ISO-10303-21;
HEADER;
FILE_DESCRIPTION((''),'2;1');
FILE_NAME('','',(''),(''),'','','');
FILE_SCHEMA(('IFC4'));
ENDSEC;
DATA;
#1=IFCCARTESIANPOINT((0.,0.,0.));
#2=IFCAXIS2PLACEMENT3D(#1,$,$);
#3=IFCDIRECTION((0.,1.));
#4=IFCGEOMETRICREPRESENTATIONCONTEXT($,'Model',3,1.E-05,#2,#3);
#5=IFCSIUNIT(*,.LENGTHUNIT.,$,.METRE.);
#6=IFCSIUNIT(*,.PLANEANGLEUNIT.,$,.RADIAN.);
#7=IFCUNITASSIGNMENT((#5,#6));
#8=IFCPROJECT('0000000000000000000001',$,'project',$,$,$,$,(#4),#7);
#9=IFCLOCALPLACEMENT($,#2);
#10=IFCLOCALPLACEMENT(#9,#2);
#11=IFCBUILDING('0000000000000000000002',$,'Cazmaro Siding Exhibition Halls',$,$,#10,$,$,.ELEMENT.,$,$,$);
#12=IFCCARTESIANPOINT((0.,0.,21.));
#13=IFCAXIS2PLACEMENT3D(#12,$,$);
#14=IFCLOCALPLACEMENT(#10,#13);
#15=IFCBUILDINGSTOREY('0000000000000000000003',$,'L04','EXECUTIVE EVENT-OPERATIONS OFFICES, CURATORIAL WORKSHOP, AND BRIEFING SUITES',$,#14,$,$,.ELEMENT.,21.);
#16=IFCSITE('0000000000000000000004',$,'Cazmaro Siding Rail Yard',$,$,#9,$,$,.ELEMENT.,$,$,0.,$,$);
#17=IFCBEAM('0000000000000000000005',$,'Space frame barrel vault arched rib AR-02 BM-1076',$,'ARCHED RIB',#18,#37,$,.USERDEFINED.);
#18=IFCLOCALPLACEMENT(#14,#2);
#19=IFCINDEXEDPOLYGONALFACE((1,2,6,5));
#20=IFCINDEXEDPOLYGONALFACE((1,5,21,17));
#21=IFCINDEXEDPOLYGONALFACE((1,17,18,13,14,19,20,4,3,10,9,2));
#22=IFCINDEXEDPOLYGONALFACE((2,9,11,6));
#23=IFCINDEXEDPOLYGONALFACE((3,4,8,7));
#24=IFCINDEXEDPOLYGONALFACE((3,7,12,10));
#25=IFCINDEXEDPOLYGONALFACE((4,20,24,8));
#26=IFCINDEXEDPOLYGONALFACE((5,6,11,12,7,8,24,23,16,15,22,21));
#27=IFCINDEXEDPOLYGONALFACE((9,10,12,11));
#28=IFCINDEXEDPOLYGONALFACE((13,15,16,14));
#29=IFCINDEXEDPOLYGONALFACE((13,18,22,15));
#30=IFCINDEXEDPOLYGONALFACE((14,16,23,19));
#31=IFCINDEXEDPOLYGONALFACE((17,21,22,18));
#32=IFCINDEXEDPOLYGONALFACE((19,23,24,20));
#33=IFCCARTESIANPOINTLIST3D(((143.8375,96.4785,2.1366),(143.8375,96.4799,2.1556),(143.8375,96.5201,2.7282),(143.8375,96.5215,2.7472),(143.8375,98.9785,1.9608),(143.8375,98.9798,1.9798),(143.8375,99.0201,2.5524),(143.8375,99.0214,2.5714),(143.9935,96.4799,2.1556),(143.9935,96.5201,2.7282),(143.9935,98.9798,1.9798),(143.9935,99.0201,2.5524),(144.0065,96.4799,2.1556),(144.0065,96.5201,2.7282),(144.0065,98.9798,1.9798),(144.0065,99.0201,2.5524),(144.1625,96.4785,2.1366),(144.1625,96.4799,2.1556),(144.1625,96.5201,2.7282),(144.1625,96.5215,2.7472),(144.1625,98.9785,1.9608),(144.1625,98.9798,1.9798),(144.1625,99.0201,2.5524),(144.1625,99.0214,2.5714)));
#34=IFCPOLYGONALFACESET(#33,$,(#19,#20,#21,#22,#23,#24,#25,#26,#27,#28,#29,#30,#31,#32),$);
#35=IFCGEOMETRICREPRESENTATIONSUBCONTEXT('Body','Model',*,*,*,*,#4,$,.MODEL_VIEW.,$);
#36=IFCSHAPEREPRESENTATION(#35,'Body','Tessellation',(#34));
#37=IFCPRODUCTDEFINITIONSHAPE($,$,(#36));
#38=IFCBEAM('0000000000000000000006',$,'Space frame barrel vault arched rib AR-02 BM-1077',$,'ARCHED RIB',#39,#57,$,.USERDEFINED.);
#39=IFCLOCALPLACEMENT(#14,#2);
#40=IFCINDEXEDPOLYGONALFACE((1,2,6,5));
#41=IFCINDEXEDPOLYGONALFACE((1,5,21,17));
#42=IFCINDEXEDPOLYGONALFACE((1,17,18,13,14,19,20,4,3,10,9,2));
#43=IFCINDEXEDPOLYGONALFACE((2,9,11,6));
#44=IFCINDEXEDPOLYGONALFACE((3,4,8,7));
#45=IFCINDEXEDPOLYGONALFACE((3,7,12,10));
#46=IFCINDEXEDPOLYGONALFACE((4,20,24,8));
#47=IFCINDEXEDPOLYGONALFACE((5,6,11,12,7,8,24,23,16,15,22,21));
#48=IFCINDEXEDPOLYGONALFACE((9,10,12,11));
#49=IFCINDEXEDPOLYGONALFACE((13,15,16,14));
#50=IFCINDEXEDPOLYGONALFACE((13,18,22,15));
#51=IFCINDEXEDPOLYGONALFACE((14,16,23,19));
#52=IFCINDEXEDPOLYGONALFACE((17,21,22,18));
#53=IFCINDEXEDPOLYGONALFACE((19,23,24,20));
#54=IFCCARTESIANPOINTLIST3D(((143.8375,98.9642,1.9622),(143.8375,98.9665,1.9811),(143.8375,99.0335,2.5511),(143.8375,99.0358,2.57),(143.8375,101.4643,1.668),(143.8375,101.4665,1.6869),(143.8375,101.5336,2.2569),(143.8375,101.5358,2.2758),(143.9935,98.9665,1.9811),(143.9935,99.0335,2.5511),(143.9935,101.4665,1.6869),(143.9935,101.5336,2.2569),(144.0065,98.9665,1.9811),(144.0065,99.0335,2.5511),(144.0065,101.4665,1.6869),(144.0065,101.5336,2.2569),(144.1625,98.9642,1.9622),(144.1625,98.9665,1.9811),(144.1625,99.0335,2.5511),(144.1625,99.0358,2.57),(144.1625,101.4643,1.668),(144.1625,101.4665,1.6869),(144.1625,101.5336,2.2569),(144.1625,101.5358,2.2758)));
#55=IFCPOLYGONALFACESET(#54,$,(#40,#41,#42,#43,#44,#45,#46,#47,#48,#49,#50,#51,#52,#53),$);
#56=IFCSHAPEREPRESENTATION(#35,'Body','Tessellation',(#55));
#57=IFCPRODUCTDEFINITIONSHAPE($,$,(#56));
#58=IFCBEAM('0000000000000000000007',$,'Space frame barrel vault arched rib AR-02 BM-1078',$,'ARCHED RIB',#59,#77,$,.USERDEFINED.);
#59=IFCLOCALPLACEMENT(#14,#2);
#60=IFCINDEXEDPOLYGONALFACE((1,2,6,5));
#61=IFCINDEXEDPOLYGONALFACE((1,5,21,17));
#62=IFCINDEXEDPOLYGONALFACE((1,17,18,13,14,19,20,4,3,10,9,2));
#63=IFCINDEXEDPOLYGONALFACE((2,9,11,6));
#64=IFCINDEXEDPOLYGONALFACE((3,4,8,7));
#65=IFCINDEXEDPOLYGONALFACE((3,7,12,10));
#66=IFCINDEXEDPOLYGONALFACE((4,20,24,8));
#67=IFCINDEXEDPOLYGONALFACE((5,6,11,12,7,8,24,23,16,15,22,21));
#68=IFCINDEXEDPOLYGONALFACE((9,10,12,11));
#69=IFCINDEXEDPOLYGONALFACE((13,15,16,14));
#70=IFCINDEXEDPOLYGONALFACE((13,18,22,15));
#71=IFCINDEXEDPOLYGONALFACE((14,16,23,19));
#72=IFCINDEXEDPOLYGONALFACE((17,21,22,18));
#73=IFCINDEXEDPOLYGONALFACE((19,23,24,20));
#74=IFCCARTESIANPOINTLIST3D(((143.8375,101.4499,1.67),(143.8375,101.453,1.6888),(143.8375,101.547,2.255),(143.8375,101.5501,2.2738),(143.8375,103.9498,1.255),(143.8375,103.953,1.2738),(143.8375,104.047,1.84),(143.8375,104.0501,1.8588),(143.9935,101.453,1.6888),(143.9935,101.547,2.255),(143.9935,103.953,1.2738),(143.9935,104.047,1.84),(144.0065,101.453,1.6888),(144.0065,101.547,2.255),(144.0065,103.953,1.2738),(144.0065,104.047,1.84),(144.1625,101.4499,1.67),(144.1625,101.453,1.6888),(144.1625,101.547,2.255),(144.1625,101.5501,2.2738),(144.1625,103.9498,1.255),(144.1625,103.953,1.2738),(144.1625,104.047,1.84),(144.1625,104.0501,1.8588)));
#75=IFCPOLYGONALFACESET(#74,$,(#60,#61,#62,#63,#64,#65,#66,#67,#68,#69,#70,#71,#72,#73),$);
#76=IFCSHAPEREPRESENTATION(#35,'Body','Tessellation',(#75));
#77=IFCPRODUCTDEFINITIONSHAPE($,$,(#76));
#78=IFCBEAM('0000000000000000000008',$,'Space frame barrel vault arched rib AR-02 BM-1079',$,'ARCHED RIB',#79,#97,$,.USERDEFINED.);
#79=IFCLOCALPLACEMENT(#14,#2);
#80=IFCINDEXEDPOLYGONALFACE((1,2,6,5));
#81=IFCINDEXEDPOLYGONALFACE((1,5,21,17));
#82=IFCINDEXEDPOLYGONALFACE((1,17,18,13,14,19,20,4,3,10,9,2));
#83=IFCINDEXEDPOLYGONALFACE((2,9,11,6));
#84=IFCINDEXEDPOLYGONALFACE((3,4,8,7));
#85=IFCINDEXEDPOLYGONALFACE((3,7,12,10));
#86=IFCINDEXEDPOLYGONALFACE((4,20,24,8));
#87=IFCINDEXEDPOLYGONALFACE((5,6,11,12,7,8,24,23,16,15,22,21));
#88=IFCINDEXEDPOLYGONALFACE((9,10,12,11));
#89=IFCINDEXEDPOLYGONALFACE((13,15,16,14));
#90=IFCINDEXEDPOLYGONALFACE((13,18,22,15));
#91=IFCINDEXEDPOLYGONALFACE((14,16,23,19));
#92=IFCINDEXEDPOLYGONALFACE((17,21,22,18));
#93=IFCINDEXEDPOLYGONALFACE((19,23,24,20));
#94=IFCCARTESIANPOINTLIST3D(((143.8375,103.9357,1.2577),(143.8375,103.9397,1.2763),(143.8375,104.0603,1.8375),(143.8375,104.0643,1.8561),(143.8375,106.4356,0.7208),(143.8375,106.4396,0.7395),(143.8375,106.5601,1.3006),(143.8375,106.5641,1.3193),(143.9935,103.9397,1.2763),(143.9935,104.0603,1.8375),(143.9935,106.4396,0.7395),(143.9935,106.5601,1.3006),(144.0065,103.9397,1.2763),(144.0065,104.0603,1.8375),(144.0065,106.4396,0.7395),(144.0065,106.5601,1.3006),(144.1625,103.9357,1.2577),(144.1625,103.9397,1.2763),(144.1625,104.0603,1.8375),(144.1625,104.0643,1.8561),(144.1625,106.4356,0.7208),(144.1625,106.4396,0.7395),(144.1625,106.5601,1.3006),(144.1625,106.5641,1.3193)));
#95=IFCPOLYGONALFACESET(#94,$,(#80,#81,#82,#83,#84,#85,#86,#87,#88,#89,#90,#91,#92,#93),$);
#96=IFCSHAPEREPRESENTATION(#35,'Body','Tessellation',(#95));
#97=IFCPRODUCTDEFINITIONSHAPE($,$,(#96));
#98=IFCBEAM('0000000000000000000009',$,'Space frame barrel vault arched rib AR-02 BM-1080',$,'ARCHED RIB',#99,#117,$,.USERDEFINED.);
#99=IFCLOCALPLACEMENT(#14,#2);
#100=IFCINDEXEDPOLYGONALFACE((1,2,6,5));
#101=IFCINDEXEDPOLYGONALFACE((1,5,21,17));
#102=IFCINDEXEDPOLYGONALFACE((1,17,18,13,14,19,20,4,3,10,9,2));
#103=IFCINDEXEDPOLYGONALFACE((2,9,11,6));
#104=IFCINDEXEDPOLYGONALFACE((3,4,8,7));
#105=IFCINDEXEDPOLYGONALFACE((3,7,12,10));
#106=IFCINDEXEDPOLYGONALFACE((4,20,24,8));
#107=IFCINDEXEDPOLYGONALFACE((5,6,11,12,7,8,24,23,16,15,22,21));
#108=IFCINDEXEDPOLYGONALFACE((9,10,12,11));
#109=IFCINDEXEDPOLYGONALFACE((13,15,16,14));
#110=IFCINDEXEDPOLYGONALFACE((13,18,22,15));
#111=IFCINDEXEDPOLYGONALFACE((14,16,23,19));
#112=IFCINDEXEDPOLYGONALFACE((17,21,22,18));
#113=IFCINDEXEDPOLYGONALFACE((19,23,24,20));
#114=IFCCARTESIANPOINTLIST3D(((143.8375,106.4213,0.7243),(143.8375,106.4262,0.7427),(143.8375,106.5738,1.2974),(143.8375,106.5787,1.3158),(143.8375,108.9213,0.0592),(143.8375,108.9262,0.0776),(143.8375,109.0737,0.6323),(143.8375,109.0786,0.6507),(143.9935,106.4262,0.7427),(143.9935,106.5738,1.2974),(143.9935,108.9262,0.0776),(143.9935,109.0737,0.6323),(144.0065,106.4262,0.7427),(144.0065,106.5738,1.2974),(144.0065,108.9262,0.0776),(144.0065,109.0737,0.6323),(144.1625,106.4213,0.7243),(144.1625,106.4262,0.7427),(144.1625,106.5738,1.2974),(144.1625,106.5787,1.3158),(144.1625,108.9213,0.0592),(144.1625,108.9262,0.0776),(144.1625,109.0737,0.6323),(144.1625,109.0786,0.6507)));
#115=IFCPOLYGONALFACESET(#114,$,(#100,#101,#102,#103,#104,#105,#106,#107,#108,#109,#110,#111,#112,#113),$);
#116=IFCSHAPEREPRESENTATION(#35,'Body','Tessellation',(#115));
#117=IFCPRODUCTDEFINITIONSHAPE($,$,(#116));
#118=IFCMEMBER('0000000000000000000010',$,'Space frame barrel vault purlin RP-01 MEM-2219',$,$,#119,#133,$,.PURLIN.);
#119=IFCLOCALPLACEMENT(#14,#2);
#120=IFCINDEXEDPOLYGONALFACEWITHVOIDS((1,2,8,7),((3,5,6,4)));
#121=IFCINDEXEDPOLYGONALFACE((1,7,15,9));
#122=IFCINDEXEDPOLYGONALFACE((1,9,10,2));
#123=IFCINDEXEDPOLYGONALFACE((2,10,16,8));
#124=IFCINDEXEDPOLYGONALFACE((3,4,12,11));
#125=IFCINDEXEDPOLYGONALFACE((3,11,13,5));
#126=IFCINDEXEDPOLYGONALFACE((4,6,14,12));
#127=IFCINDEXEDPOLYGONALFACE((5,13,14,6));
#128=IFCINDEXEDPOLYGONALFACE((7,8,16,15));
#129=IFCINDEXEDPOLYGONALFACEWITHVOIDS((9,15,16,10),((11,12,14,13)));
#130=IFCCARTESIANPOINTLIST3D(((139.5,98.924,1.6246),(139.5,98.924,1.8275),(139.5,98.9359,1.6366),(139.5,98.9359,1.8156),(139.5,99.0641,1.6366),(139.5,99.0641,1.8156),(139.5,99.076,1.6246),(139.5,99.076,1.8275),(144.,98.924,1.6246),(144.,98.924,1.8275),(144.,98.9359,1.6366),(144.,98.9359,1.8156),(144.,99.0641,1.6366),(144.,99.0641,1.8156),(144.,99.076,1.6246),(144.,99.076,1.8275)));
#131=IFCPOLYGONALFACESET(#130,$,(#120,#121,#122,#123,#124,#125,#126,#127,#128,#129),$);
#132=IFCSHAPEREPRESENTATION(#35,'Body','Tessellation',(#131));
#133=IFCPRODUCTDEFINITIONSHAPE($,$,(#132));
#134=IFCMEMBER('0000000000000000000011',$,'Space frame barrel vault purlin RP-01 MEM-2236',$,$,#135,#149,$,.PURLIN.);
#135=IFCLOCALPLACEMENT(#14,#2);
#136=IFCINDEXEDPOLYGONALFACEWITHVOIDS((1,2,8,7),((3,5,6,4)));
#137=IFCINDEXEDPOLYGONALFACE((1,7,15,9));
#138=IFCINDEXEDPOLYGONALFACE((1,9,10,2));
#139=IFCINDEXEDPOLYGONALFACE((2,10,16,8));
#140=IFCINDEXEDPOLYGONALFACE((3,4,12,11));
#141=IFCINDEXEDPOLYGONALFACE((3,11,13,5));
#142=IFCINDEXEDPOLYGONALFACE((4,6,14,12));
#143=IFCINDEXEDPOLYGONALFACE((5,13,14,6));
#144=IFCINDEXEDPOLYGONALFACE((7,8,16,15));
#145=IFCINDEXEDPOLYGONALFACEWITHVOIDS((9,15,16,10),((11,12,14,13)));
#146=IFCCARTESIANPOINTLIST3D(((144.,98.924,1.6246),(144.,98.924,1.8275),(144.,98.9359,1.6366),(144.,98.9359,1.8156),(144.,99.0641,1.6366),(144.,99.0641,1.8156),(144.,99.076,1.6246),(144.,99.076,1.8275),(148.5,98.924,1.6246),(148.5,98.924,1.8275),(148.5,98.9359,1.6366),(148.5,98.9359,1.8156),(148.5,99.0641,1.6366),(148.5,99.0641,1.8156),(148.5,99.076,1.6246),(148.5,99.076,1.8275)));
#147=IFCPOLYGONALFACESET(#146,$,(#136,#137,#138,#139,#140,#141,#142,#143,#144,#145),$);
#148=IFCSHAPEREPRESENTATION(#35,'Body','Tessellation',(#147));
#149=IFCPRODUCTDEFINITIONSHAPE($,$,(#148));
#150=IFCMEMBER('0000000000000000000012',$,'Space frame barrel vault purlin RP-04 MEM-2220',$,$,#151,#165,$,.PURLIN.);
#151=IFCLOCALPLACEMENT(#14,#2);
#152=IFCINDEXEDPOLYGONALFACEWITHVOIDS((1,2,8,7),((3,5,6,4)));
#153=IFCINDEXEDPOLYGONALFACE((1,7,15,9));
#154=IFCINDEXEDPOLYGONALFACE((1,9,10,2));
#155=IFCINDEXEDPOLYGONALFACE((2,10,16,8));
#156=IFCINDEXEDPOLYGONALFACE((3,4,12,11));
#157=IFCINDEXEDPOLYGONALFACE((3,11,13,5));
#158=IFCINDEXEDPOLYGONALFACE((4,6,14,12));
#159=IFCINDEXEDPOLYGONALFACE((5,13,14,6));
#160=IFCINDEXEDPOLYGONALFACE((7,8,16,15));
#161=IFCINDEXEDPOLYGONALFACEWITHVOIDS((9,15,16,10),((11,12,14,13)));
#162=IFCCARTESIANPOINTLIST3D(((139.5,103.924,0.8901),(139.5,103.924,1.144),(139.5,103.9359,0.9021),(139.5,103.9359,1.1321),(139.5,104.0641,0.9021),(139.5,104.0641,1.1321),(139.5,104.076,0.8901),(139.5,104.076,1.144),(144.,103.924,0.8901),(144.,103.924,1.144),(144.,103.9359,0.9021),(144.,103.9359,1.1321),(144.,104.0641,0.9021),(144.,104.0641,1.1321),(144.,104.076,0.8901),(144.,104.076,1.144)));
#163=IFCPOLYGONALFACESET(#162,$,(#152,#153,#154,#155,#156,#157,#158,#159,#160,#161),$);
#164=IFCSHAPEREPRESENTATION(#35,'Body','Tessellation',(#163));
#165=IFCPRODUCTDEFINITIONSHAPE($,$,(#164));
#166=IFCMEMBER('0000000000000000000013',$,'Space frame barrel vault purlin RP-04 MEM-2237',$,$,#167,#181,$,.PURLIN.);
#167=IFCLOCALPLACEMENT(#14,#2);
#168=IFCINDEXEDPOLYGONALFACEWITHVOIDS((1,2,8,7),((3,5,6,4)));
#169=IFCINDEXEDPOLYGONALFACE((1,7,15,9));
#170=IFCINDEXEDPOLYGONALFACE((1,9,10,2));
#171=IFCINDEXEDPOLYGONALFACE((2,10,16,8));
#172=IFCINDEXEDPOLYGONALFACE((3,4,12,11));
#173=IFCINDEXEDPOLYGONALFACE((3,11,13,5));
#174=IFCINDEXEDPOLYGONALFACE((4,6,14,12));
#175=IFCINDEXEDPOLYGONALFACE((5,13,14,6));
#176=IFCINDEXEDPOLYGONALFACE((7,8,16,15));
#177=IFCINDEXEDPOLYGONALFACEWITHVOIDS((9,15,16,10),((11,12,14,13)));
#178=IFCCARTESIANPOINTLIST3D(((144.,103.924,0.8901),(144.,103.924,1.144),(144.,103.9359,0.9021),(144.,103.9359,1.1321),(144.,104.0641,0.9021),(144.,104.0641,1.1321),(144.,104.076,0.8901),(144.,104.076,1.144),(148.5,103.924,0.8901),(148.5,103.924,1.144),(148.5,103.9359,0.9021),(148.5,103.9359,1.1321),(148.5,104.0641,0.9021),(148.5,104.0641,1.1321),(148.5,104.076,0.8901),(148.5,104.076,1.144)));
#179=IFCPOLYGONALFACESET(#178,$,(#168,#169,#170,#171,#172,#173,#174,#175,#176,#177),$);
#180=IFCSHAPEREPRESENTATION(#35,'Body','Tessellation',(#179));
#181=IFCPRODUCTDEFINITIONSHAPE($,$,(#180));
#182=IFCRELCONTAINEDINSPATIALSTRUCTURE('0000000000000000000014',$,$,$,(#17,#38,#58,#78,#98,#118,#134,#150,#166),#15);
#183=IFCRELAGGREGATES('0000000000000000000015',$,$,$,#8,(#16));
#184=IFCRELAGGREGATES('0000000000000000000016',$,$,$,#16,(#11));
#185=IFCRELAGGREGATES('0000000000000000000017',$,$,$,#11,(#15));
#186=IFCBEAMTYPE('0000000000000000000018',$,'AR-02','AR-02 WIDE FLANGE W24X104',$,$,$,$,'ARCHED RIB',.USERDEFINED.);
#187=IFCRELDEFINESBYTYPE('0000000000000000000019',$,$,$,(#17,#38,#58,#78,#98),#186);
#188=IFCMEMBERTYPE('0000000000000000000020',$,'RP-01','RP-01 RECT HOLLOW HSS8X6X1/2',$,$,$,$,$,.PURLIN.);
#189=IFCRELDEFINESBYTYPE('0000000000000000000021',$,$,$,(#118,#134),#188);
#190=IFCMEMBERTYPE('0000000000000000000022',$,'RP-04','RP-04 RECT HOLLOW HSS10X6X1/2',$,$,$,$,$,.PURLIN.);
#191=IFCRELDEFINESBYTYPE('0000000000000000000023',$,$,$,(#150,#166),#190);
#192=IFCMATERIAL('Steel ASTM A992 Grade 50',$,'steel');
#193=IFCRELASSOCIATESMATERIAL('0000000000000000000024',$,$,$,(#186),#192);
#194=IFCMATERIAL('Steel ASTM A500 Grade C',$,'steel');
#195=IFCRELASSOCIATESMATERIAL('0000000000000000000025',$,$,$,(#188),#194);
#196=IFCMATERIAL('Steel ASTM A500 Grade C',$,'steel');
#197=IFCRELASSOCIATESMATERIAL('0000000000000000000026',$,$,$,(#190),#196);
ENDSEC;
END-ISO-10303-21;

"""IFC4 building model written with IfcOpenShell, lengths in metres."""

from ifc_helpers import new_model, si_unit, direction, frame, origin, origin_2d, place, context, subcontext, project, spatial, hollow_rectangle, i_section, extrude, material, material_profile, profile_set, type_object, element, save


model = new_model("IFC4")

# Units and contexts
model_context = context("Model", 3, precision=1e-05, world=origin(), true_north=direction((0.0, 1.0)))
body_context = subcontext(model_context, "Body", "Model", "MODEL_VIEW")
ifc_project = project(units=[si_unit("LENGTHUNIT", "METRE"), si_unit("PLANEANGLEUNIT", "RADIAN")], contexts=[model_context])

# Site, building, storey
site_placement = place(None, origin())
site = spatial("IfcSite", under=ifc_project, at=site_placement, Name="Cazmaro Siding Rail Yard", CompositionType="ELEMENT", RefElevation=0.0)
building_placement = place(site_placement, origin())
building = spatial("IfcBuilding", under=site, at=building_placement, Name="Cazmaro Siding Exhibition Halls", CompositionType="ELEMENT")
storey_placement = place(building_placement, frame((0.0, 0.0, 21.0)))
storey = spatial("IfcBuildingStorey", under=building, at=storey_placement, Name="L04", Description="EXECUTIVE EVENT-OPERATIONS OFFICES, CURATORIAL WORKSHOP, AND BRIEFING SUITES", CompositionType="ELEMENT", Elevation=21.0)

# Beams
ifc_material_1 = material(Name="Steel ASTM A992 Grade 50", Category="steel")
ifc_material_profile_1 = material_profile(ifc_material_1, i_section(OverallWidth=0.325, OverallDepth=0.6121, WebThickness=0.0129, FlangeThickness=0.019, at=origin_2d()), Name="W24X104")
ifc_profile_set_1 = profile_set([ifc_material_profile_1], Name="Steel ASTM A992 Grade 50")
beam_type = type_object("IfcBeamType", Name="AR-02", Description="AR-02 WIDE FLANGE W24X104", ElementType="ARCHED RIB", PredefinedType="USERDEFINED", material=ifc_profile_set_1)
beam_1_placement = place(storey_placement, frame((144.0, 96.5, 2.4419), z_axis=(0.0, 0.997537, -0.070139), x_axis=(-1.0, 0.0, 0.0)))
element("IfcBeam", 1, at=beam_1_placement, inside=storey, type_object=beam_type, Name="Space frame barrel vault arched rib AR-02 BM-1076", ObjectType="ARCHED RIB", PredefinedType="USERDEFINED", context=body_context, shape_type="SweptSolid", body=[
    extrude(i_section(OverallWidth=0.325, OverallDepth=0.6121, WebThickness=0.0129, FlangeThickness=0.019, at=origin_2d()), origin(), (0.0, 0.0, 1.0), 2.5061),
])
beam_2_placement = place(storey_placement, frame((144.0, 99.0, 2.2661), z_axis=(0.0, 0.993147, -0.116869), x_axis=(-1.0, 0.0, 0.0)))
element("IfcBeam", 2, at=beam_2_placement, inside=storey, type_object=beam_type, Name="Space frame barrel vault arched rib AR-02 BM-1077", ObjectType="ARCHED RIB", PredefinedType="USERDEFINED", context=body_context, shape_type="SweptSolid", body=[
    extrude(i_section(OverallWidth=0.325, OverallDepth=0.6121, WebThickness=0.0129, FlangeThickness=0.019, at=origin_2d()), origin(), (0.0, 0.0, 1.0), 2.5173),
])
beam_3_placement = place(storey_placement, frame((144.0, 101.5, 1.9719), z_axis=(0.0, 0.986498, -0.163774), x_axis=(-1.0, 0.0, 0.0)))
element("IfcBeam", 3, at=beam_3_placement, inside=storey, type_object=beam_type, Name="Space frame barrel vault arched rib AR-02 BM-1078", ObjectType="ARCHED RIB", PredefinedType="USERDEFINED", context=body_context, shape_type="SweptSolid", body=[
    extrude(i_section(OverallWidth=0.325, OverallDepth=0.6121, WebThickness=0.0129, FlangeThickness=0.019, at=origin_2d()), origin(), (0.0, 0.0, 1.0), 2.5342),
])
beam_4_placement = place(storey_placement, frame((144.0, 104.0, 1.5569), z_axis=(0.0, 0.97771, -0.209959), x_axis=(-1.0, 0.0, 0.0)))
element("IfcBeam", 4, at=beam_4_placement, inside=storey, type_object=beam_type, Name="Space frame barrel vault arched rib AR-02 BM-1079", ObjectType="ARCHED RIB", PredefinedType="USERDEFINED", context=body_context, shape_type="SweptSolid", body=[
    extrude(i_section(OverallWidth=0.325, OverallDepth=0.6121, WebThickness=0.0129, FlangeThickness=0.019, at=origin_2d()), origin(), (0.0, 0.0, 1.0), 2.5569),
])
beam_5_placement = place(storey_placement, frame((144.0, 106.5, 1.02), z_axis=(0.0, 0.966391, -0.257075), x_axis=(-1.0, 0.0, 0.0)))
element("IfcBeam", 5, at=beam_5_placement, inside=storey, type_object=beam_type, Name="Space frame barrel vault arched rib AR-02 BM-1080", ObjectType="ARCHED RIB", PredefinedType="USERDEFINED", context=body_context, shape_type="SweptSolid", body=[
    extrude(i_section(OverallWidth=0.325, OverallDepth=0.6121, WebThickness=0.0129, FlangeThickness=0.019, at=origin_2d()), origin(), (0.0, 0.0, 1.0), 2.5869),
])

# Members
ifc_material_2 = material(Name="Steel ASTM A500 Grade C", Category="steel")
ifc_material_profile_2 = material_profile(ifc_material_2, hollow_rectangle(XDim=0.1521, YDim=0.2029, WallThickness=0.012, at=origin_2d()), Name="HSS8X6X1/2")
ifc_profile_set_2 = profile_set([ifc_material_profile_2], Name="Steel ASTM A500 Grade C")
member_type_1 = type_object("IfcMemberType", Name="RP-01", Description="RP-01 RECT HOLLOW HSS8X6X1/2", PredefinedType="PURLIN", material=ifc_profile_set_2)
for number, where, z_axis, x_axis, name in (
    (6, (139.5, 99.0, 1.7261), (1.0, 0.0, 0.0), (0.0, 1.0, 0.0), "Space frame barrel vault purlin RP-01 MEM-2219"),
    (7, (144.0, 99.0, 1.7261), (1.0, 0.0, 0.0), (0.0, 1.0, 0.0), "Space frame barrel vault purlin RP-01 MEM-2236"),
):
    element("IfcMember", number, at=place(storey_placement, frame(where, z_axis=z_axis, x_axis=x_axis)), inside=storey, type_object=member_type_1, Name=name, PredefinedType="PURLIN", context=body_context, shape_type="SweptSolid", body=[
        extrude(hollow_rectangle(XDim=0.1521, YDim=0.2029, WallThickness=0.012, at=origin_2d()), origin(), (0.0, 0.0, 1.0), 4.5),
    ])
ifc_material_3 = material(Name="Steel ASTM A500 Grade C", Category="steel")
ifc_material_profile_3 = material_profile(ifc_material_3, hollow_rectangle(XDim=0.1521, YDim=0.2539, WallThickness=0.012, at=origin_2d()), Name="HSS10X6X1/2")
ifc_profile_set_3 = profile_set([ifc_material_profile_3], Name="Steel ASTM A500 Grade C")
member_type_2 = type_object("IfcMemberType", Name="RP-04", Description="RP-04 RECT HOLLOW HSS10X6X1/2", PredefinedType="PURLIN", material=ifc_profile_set_3)
for number, where, z_axis, x_axis, name in (
    (8, (139.5, 104.0, 1.0171), (1.0, 0.0, 0.0), (0.0, 1.0, 0.0), "Space frame barrel vault purlin RP-04 MEM-2220"),
    (9, (144.0, 104.0, 1.0171), (1.0, 0.0, 0.0), (0.0, 1.0, 0.0), "Space frame barrel vault purlin RP-04 MEM-2237"),
):
    element("IfcMember", number, at=place(storey_placement, frame(where, z_axis=z_axis, x_axis=x_axis)), inside=storey, type_object=member_type_2, Name=name, PredefinedType="PURLIN", context=body_context, shape_type="SweptSolid", body=[
        extrude(hollow_rectangle(XDim=0.1521, YDim=0.2539, WallThickness=0.012, at=origin_2d()), origin(), (0.0, 0.0, 1.0), 4.5),
    ])

save(model, "model.ifc")
